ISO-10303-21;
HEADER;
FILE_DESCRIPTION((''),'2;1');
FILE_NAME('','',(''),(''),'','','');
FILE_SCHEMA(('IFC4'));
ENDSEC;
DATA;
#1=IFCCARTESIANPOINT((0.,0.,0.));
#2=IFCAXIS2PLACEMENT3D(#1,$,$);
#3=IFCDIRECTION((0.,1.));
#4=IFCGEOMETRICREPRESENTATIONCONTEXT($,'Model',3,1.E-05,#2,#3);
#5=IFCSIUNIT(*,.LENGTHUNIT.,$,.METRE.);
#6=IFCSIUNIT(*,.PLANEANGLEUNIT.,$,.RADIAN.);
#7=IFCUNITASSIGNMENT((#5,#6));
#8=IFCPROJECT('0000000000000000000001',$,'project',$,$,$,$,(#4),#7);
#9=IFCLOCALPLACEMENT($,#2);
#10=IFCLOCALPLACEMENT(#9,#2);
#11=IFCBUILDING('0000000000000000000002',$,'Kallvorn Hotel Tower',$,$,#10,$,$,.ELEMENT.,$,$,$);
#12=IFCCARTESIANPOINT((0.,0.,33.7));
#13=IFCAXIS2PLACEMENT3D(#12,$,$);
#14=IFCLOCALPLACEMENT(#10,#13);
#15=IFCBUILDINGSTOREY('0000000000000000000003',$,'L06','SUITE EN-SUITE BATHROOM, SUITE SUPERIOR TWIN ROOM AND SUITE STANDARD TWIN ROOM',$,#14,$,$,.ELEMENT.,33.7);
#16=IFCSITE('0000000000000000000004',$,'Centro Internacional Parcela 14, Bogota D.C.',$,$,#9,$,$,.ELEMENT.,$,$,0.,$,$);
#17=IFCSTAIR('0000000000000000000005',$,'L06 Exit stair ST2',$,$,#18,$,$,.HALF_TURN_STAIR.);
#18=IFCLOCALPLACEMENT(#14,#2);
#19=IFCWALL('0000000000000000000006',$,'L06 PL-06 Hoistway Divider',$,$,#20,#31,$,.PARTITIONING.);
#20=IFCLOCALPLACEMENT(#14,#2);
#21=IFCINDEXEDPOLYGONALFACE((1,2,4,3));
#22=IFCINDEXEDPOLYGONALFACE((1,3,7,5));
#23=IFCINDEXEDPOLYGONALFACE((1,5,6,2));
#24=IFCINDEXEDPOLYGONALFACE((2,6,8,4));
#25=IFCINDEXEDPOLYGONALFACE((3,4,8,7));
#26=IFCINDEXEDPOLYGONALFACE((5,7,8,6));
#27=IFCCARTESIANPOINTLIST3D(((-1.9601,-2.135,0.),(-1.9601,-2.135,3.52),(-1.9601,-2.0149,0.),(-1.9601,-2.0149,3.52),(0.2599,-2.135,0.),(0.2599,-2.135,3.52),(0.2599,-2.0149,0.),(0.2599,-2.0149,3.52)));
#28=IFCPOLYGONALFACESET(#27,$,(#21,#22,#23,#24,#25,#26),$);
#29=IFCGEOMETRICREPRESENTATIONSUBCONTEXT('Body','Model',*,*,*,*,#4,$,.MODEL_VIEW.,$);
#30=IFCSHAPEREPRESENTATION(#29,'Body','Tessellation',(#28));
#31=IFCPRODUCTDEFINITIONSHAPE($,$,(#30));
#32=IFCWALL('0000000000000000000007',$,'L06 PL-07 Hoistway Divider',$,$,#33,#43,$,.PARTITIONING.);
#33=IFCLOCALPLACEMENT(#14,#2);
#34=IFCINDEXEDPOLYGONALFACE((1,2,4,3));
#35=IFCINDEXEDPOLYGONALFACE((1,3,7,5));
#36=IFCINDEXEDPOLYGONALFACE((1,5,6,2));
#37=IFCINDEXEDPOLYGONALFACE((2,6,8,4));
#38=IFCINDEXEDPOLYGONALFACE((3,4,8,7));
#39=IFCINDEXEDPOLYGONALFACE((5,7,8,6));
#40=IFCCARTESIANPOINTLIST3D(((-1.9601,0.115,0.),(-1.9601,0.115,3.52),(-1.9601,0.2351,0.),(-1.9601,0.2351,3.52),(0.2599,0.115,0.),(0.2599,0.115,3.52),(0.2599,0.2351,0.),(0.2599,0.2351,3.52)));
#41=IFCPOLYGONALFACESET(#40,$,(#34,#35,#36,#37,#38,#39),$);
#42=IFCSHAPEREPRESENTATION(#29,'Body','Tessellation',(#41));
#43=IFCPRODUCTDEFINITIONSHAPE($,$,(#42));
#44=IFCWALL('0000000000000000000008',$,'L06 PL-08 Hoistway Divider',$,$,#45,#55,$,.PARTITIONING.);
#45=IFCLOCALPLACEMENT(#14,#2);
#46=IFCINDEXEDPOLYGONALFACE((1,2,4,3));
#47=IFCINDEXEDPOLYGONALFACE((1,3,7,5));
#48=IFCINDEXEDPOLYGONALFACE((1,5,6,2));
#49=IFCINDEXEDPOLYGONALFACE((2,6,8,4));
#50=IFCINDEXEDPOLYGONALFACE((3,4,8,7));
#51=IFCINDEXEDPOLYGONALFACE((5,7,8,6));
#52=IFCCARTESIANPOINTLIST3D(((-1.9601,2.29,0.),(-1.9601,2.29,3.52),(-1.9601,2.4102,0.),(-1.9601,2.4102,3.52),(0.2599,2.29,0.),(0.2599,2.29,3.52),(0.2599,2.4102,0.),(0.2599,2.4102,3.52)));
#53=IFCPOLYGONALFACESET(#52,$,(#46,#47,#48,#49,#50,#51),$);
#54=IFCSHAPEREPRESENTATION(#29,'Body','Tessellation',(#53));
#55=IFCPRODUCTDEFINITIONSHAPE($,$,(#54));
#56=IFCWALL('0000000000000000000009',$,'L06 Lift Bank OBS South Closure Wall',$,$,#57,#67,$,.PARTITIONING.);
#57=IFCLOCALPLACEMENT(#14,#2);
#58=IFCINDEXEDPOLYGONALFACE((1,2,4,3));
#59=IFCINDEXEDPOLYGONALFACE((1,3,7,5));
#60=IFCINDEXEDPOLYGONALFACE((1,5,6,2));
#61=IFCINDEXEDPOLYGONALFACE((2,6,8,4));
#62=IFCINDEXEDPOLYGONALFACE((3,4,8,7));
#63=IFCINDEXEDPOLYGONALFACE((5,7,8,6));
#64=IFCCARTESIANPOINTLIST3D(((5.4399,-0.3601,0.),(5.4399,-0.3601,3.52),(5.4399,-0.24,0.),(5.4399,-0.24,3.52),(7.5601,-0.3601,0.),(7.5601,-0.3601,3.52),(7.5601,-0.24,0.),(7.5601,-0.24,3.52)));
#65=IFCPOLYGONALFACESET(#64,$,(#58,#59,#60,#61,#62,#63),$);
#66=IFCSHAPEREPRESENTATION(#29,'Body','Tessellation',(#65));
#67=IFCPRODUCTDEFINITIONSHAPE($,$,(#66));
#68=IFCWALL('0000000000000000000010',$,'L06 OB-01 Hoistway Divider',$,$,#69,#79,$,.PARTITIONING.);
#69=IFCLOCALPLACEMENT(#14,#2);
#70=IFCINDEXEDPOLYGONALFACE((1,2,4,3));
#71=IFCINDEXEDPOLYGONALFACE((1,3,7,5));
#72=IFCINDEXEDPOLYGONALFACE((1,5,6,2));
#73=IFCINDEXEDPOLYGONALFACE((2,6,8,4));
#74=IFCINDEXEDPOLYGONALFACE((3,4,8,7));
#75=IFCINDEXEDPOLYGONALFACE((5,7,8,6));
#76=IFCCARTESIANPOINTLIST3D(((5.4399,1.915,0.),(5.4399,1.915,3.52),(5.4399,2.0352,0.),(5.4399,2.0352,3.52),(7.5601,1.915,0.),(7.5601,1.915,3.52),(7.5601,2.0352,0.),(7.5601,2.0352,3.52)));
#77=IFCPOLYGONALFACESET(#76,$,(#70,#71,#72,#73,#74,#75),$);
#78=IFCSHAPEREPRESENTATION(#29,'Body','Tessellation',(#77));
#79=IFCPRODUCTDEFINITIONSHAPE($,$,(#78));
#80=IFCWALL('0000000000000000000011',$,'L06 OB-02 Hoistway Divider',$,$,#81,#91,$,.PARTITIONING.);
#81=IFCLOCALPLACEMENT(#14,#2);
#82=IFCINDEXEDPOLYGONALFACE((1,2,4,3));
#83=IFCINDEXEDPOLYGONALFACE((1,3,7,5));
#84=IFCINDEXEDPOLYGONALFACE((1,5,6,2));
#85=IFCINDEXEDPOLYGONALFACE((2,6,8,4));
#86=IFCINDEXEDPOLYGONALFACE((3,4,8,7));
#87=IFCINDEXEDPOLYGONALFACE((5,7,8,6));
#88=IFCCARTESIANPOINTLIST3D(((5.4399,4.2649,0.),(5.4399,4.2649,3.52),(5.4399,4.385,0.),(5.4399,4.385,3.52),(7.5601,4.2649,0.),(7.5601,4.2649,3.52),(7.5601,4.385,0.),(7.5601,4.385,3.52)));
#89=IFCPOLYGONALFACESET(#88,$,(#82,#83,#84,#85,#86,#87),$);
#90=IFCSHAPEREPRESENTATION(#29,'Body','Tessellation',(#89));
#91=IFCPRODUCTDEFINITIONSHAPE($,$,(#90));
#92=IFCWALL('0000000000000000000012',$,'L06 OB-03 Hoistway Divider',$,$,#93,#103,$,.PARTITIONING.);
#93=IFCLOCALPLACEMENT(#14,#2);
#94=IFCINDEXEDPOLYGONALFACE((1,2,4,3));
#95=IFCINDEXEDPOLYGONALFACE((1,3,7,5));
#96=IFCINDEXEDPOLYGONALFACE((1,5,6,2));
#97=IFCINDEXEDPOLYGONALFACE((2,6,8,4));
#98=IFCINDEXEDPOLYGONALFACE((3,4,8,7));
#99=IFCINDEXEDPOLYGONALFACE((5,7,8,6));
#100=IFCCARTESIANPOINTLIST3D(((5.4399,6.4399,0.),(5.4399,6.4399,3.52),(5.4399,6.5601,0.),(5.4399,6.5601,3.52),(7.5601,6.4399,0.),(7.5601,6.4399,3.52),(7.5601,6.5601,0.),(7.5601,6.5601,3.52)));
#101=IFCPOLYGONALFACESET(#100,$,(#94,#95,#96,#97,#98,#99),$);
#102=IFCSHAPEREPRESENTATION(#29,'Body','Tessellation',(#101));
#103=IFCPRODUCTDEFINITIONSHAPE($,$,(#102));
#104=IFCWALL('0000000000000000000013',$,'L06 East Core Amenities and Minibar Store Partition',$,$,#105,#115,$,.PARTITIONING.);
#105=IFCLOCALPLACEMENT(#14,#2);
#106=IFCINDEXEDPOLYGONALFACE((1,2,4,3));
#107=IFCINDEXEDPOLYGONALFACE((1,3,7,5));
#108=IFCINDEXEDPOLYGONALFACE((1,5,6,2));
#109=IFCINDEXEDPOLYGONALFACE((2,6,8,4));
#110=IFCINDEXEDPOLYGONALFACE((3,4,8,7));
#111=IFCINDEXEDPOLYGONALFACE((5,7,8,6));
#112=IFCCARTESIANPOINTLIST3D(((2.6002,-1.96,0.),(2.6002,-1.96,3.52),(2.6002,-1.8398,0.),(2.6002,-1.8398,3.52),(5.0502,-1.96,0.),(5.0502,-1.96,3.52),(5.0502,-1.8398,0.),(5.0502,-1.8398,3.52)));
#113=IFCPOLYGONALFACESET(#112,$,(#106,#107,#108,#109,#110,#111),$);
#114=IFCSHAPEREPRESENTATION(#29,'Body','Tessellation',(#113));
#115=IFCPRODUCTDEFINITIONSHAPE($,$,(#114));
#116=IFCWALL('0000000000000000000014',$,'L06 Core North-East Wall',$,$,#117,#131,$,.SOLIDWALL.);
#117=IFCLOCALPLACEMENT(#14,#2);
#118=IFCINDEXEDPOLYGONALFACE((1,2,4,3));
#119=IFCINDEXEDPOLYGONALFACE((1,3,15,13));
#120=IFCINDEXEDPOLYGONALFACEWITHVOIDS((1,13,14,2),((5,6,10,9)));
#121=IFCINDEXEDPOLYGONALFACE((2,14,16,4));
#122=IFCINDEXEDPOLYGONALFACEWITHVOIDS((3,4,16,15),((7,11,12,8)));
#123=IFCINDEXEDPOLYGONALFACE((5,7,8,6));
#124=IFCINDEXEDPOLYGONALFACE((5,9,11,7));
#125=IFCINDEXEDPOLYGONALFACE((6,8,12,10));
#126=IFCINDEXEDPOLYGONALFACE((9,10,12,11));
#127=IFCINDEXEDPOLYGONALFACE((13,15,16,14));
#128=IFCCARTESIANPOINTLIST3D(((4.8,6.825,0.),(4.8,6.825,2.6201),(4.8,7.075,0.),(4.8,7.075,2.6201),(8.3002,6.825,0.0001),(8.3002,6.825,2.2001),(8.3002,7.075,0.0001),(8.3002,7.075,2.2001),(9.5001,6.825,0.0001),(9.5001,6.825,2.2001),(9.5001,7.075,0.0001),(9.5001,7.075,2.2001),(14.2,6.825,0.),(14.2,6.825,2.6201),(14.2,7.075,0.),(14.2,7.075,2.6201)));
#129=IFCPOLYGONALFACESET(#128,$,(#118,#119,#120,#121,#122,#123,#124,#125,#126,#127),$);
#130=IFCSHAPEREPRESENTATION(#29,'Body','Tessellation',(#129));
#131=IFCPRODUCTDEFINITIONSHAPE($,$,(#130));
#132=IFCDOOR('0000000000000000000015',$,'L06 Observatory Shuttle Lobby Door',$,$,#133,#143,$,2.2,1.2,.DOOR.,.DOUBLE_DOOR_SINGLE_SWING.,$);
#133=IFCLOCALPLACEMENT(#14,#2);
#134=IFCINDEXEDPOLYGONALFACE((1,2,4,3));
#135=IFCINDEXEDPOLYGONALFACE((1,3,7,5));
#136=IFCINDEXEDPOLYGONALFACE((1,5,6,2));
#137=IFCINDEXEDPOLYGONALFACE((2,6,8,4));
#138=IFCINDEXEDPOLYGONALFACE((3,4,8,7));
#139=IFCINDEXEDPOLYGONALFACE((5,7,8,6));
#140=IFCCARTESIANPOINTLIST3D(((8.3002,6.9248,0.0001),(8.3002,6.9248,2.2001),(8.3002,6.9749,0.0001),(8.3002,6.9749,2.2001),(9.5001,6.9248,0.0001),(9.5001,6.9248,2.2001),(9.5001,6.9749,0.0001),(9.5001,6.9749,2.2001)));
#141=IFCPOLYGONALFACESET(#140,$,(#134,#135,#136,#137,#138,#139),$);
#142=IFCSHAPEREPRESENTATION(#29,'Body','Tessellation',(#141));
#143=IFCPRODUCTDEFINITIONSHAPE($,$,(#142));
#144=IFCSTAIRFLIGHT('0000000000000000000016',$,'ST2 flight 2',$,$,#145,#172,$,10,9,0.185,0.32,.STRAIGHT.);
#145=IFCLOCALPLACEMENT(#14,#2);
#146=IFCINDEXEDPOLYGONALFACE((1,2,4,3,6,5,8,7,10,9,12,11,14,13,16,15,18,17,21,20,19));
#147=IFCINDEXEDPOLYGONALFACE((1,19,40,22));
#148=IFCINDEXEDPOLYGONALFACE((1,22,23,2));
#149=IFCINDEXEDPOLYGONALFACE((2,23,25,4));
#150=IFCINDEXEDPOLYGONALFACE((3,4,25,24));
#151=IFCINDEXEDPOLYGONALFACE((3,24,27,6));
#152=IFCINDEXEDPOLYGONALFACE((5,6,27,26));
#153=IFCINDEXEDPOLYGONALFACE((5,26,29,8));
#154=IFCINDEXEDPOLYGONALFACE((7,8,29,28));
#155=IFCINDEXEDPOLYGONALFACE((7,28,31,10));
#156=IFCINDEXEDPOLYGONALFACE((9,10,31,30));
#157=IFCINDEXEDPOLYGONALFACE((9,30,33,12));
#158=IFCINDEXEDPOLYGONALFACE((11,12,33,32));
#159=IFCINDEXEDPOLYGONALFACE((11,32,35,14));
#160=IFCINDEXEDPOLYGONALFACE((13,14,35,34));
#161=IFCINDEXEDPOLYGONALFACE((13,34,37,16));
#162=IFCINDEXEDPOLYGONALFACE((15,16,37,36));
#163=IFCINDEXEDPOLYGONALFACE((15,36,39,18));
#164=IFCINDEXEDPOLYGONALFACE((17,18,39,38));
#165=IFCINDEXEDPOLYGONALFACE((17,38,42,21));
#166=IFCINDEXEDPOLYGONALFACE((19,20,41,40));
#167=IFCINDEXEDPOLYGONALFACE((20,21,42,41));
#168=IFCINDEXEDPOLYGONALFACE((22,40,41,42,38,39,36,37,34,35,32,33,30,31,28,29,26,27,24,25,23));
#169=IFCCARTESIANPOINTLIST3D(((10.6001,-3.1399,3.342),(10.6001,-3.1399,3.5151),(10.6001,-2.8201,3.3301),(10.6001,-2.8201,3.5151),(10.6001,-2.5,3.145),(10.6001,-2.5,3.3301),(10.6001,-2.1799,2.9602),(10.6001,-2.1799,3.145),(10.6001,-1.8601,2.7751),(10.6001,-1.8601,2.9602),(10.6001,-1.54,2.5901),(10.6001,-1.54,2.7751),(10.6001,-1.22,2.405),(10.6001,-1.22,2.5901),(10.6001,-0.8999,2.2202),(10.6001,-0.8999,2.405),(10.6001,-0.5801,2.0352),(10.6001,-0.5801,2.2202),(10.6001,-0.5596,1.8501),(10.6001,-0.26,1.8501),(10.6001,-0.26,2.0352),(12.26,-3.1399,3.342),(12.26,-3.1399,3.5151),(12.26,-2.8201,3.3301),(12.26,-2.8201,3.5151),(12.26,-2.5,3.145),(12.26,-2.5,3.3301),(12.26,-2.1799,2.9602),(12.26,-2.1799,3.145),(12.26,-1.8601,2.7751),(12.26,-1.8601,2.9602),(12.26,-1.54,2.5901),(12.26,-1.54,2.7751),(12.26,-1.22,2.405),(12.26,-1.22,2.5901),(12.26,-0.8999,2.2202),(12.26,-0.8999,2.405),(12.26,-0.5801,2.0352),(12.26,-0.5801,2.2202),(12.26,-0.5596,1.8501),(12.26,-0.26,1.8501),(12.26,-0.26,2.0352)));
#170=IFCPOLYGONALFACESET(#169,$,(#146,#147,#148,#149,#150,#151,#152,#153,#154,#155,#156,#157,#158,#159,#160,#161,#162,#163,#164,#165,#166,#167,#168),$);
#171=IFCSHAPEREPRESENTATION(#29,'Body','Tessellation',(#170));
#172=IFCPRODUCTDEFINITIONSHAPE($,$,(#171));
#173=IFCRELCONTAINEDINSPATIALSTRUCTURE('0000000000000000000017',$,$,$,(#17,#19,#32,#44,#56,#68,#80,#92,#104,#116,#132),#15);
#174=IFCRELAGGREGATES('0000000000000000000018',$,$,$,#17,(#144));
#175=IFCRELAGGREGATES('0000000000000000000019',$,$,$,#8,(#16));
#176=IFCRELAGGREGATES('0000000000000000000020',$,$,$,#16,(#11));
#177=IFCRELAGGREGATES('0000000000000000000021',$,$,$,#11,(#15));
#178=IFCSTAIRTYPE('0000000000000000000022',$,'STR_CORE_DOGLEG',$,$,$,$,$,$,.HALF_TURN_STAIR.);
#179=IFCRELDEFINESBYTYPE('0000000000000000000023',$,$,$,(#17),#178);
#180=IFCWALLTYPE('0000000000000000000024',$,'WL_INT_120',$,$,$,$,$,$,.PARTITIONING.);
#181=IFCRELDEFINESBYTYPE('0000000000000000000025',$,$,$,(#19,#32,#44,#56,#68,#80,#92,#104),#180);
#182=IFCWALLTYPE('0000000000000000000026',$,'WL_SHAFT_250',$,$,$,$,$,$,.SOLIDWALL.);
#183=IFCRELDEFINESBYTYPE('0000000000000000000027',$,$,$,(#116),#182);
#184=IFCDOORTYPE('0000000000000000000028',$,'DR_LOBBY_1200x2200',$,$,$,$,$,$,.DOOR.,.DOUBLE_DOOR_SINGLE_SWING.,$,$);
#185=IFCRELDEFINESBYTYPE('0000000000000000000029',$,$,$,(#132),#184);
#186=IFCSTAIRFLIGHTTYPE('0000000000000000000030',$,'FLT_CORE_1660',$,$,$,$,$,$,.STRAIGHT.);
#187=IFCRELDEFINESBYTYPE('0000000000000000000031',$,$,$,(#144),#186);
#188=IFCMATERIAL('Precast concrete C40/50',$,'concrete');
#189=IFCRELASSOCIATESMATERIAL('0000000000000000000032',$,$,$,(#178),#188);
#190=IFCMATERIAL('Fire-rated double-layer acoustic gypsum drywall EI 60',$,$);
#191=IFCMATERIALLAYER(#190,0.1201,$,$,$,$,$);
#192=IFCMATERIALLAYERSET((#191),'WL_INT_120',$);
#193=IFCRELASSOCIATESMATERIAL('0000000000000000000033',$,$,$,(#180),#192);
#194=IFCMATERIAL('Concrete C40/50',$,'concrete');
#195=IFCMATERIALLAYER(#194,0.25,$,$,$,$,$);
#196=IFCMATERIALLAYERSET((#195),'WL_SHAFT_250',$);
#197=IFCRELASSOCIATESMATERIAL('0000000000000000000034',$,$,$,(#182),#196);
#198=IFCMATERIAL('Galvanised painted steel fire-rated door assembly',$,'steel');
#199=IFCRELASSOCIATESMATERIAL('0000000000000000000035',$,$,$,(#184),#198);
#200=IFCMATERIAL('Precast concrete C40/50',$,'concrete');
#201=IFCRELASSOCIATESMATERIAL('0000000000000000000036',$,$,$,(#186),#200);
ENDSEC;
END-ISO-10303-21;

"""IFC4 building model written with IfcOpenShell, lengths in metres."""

from ifc_helpers import new_model, si_unit, direction, frame, frame_2d, origin, place, context, subcontext, project, spatial, polyline, rectangle, outline, extrude, material, layer, layer_set, type_object, element, fill, aggregate, save


model = new_model("IFC4")

# Units and contexts
model_context = context("Model", 3, precision=1e-05, world=origin(), true_north=direction((0.0, 1.0)))
body_context = subcontext(model_context, "Body", "Model", "MODEL_VIEW")
ifc_project = project(units=[si_unit("LENGTHUNIT", "METRE"), si_unit("PLANEANGLEUNIT", "RADIAN")], contexts=[model_context])

# Site, building, storey
site_placement = place(None, origin())
site = spatial("IfcSite", under=ifc_project, at=site_placement, Name="Centro Internacional Parcela 14, Bogota D.C.", CompositionType="ELEMENT", RefElevation=0.0)
building_placement = place(site_placement, origin())
building = spatial("IfcBuilding", under=site, at=building_placement, Name="Kallvorn Hotel Tower", CompositionType="ELEMENT")
storey_placement = place(building_placement, frame((0.0, 0.0, 33.7)))
storey = spatial("IfcBuildingStorey", under=building, at=storey_placement, Name="L06", Description="SUITE EN-SUITE BATHROOM, SUITE SUPERIOR TWIN ROOM AND SUITE STANDARD TWIN ROOM", CompositionType="ELEMENT", Elevation=33.7)

# Stair
ifc_material_1 = material(Name="Precast concrete C40/50", Category="concrete")
stair_type = type_object("IfcStairType", Name="STR_CORE_DOGLEG", PredefinedType="HALF_TURN_STAIR", material=ifc_material_1)
stair_1_placement = place(storey_placement, origin())
stair_1 = element("IfcStair", 1, at=stair_1_placement, inside=storey, type_object=stair_type, Name="L06 Exit stair ST2", PredefinedType="HALF_TURN_STAIR")

# Walls
ifc_material_2 = material(Name="Fire-rated double-layer acoustic gypsum drywall EI 60")
ifc_layer_1 = layer(ifc_material_2, 0.1201)
ifc_layer_set_1 = layer_set([ifc_layer_1], Name="WL_INT_120")
wall_type_1 = type_object("IfcWallType", Name="WL_INT_120", PredefinedType="PARTITIONING", material=ifc_layer_set_1)
for number, where, z_axis, x_axis, name in (
    (2, (-1.96, -2.075, 0.0), (0.0, 0.0, 1.0), (1.0, 0.0, 0.0), "L06 PL-06 Hoistway Divider"),
    (3, (-1.96, 0.175, 0.0), (0.0, 0.0, 1.0), (1.0, 0.0, 0.0), "L06 PL-07 Hoistway Divider"),
    (4, (-1.96, 2.3501, 0.0), (0.0, 0.0, 1.0), (1.0, 0.0, 0.0), "L06 PL-08 Hoistway Divider"),
):
    element("IfcWall", number, at=place(storey_placement, frame(where, z_axis=z_axis, x_axis=x_axis)), inside=storey, type_object=wall_type_1, Name=name, PredefinedType="PARTITIONING", context=body_context, shape_type="SweptSolid", body=[
        extrude(rectangle(XDim=2.22, YDim=0.1201, at=frame_2d((1.1099, 0.0))), origin(), (0.0, 0.0, 1.0), 3.52),
    ])
for number, where, z_axis, x_axis, name in (
    (5, (5.4399, -0.3, 0.0), (0.0, 0.0, 1.0), (1.0, 0.0, 0.0), "L06 Lift Bank OBS South Closure Wall"),
    (6, (5.4399, 1.9751, 0.0), (0.0, 0.0, 1.0), (1.0, 0.0, 0.0), "L06 OB-01 Hoistway Divider"),
    (7, (5.4399, 4.325, 0.0), (0.0, 0.0, 1.0), (1.0, 0.0, 0.0), "L06 OB-02 Hoistway Divider"),
    (8, (5.4399, 6.5, 0.0), (0.0, 0.0, 1.0), (1.0, 0.0, 0.0), "L06 OB-03 Hoistway Divider"),
):
    element("IfcWall", number, at=place(storey_placement, frame(where, z_axis=z_axis, x_axis=x_axis)), inside=storey, type_object=wall_type_1, Name=name, PredefinedType="PARTITIONING", context=body_context, shape_type="SweptSolid", body=[
        extrude(rectangle(XDim=2.1201, YDim=0.1201, at=frame_2d((1.0601, 0.0))), origin(), (0.0, 0.0, 1.0), 3.52),
    ])
wall_1_placement = place(storey_placement, frame((2.6001, -1.8999, 0.0), z_axis=(0.0, 0.0, 1.0), x_axis=(1.0, 0.0, 0.0)))
element("IfcWall", 9, at=wall_1_placement, inside=storey, type_object=wall_type_1, Name="L06 East Core Amenities and Minibar Store Partition", PredefinedType="PARTITIONING", context=body_context, shape_type="SweptSolid", body=[
    extrude(rectangle(XDim=2.45, YDim=0.1201, at=frame_2d((1.2251, 0.0))), origin(), (0.0, 0.0, 1.0), 3.52),
])

# Wall, opening, door
ifc_material_3 = material(Name="Concrete C40/50", Category="concrete")
ifc_layer_2 = layer(ifc_material_3, 0.25)
ifc_layer_set_2 = layer_set([ifc_layer_2], Name="WL_SHAFT_250")
wall_type_2 = type_object("IfcWallType", Name="WL_SHAFT_250", PredefinedType="SOLIDWALL", material=ifc_layer_set_2)
wall_2_placement = place(storey_placement, frame((4.8, 6.95, 0.0), z_axis=(0.0, 0.0, 1.0), x_axis=(1.0, 0.0, 0.0)))
wall_2 = element("IfcWall", 10, at=wall_2_placement, inside=storey, type_object=wall_type_2, Name="L06 Core North-East Wall", PredefinedType="SOLIDWALL", context=body_context, shape_type="SweptSolid", body=[
    extrude(rectangle(XDim=9.3999, YDim=0.25, at=frame_2d((4.7, 0.0))), origin(), (0.0, 0.0, 1.0), 2.6201),
])
opening_placement = place(wall_2_placement, frame((3.5, 0.0, 0.0)))
opening = element("IfcOpeningElement", 11, at=opening_placement, cuts=wall_2, PredefinedType="OPENING", context=body_context, shape_type="SweptSolid", body=[
    extrude(rectangle(XDim=1.2, YDim=2.2, at=frame_2d((0.6001, 1.1001))), frame((0.0, 0.1399, 0.0), z_axis=(0.0, -1.0, 0.0), x_axis=(1.0, 0.0, 0.0)), (0.0, 0.0, 1.0), 0.28),
])
ifc_material_4 = material(Name="Galvanised painted steel fire-rated door assembly", Category="steel")
door_type = type_object("IfcDoorType", Name="DR_LOBBY_1200x2200", OperationType="DOUBLE_DOOR_SINGLE_SWING", PredefinedType="DOOR", material=ifc_material_4)
door_placement = place(opening_placement, origin())
door = element("IfcDoor", 12, at=door_placement, inside=storey, type_object=door_type, Name="L06 Observatory Shuttle Lobby Door", OperationType="DOUBLE_DOOR_SINGLE_SWING", OverallHeight=2.2, OverallWidth=1.2, PredefinedType="DOOR", context=body_context, shape_type="SweptSolid", body=[
    extrude(rectangle(XDim=1.2, YDim=2.2, at=frame_2d((0.6001, 1.1001))), frame((0.0, 0.0249, 0.0), z_axis=(0.0, -1.0, 0.0), x_axis=(1.0, 0.0, 0.0)), (0.0, 0.0, 1.0), 0.05),
])
fill(opening, door)

# Stair flight
ifc_material_5 = material(Name="Precast concrete C40/50", Category="concrete")
stair_flight_type = type_object("IfcStairFlightType", Name="FLT_CORE_1660", PredefinedType="STRAIGHT", material=ifc_material_5)
stair_flight_1_placement = place(storey_placement, frame((11.4299, -0.26, 1.8501), z_axis=(0.0, 0.0, 1.0), x_axis=(0.0, -1.0, 0.0)))
stair_flight_1 = element("IfcStairFlight", 13, at=stair_flight_1_placement, type_object=stair_flight_type, Name="ST2 flight 2", NumberOfRisers=10, NumberOfTreads=9, PredefinedType="STRAIGHT", RiserHeight=0.185, TreadLength=0.32, context=body_context, shape_type="SweptSolid", body=[
    extrude(outline(polyline([(0.0, 0.0), (0.0, 0.1851), (0.3201, 0.1851), (0.3201, 0.3701), (0.6399, 0.3701), (0.6399, 0.5549), (0.96, 0.5549), (0.96, 0.74), (1.28, 0.74), (1.28, 0.925), (1.6001, 0.925), (1.6001, 1.1101), (1.9199, 1.1101), (1.9199, 1.2949), (2.24, 1.2949), (2.24, 1.48), (2.5601, 1.48), (2.5601, 1.665), (2.8799, 1.665), (2.8799, 1.8501), (2.8799, 1.4919), (0.2996, 0.0), (0.0, 0.0)])), frame((0.0, 0.8301, 0.0), z_axis=(0.0, -1.0, 0.0), x_axis=(1.0, 0.0, 0.0)), (0.0, 0.0, 1.0), 1.6599),
])
aggregate(stair_1, [stair_flight_1])

save(model, "model.ifc")
